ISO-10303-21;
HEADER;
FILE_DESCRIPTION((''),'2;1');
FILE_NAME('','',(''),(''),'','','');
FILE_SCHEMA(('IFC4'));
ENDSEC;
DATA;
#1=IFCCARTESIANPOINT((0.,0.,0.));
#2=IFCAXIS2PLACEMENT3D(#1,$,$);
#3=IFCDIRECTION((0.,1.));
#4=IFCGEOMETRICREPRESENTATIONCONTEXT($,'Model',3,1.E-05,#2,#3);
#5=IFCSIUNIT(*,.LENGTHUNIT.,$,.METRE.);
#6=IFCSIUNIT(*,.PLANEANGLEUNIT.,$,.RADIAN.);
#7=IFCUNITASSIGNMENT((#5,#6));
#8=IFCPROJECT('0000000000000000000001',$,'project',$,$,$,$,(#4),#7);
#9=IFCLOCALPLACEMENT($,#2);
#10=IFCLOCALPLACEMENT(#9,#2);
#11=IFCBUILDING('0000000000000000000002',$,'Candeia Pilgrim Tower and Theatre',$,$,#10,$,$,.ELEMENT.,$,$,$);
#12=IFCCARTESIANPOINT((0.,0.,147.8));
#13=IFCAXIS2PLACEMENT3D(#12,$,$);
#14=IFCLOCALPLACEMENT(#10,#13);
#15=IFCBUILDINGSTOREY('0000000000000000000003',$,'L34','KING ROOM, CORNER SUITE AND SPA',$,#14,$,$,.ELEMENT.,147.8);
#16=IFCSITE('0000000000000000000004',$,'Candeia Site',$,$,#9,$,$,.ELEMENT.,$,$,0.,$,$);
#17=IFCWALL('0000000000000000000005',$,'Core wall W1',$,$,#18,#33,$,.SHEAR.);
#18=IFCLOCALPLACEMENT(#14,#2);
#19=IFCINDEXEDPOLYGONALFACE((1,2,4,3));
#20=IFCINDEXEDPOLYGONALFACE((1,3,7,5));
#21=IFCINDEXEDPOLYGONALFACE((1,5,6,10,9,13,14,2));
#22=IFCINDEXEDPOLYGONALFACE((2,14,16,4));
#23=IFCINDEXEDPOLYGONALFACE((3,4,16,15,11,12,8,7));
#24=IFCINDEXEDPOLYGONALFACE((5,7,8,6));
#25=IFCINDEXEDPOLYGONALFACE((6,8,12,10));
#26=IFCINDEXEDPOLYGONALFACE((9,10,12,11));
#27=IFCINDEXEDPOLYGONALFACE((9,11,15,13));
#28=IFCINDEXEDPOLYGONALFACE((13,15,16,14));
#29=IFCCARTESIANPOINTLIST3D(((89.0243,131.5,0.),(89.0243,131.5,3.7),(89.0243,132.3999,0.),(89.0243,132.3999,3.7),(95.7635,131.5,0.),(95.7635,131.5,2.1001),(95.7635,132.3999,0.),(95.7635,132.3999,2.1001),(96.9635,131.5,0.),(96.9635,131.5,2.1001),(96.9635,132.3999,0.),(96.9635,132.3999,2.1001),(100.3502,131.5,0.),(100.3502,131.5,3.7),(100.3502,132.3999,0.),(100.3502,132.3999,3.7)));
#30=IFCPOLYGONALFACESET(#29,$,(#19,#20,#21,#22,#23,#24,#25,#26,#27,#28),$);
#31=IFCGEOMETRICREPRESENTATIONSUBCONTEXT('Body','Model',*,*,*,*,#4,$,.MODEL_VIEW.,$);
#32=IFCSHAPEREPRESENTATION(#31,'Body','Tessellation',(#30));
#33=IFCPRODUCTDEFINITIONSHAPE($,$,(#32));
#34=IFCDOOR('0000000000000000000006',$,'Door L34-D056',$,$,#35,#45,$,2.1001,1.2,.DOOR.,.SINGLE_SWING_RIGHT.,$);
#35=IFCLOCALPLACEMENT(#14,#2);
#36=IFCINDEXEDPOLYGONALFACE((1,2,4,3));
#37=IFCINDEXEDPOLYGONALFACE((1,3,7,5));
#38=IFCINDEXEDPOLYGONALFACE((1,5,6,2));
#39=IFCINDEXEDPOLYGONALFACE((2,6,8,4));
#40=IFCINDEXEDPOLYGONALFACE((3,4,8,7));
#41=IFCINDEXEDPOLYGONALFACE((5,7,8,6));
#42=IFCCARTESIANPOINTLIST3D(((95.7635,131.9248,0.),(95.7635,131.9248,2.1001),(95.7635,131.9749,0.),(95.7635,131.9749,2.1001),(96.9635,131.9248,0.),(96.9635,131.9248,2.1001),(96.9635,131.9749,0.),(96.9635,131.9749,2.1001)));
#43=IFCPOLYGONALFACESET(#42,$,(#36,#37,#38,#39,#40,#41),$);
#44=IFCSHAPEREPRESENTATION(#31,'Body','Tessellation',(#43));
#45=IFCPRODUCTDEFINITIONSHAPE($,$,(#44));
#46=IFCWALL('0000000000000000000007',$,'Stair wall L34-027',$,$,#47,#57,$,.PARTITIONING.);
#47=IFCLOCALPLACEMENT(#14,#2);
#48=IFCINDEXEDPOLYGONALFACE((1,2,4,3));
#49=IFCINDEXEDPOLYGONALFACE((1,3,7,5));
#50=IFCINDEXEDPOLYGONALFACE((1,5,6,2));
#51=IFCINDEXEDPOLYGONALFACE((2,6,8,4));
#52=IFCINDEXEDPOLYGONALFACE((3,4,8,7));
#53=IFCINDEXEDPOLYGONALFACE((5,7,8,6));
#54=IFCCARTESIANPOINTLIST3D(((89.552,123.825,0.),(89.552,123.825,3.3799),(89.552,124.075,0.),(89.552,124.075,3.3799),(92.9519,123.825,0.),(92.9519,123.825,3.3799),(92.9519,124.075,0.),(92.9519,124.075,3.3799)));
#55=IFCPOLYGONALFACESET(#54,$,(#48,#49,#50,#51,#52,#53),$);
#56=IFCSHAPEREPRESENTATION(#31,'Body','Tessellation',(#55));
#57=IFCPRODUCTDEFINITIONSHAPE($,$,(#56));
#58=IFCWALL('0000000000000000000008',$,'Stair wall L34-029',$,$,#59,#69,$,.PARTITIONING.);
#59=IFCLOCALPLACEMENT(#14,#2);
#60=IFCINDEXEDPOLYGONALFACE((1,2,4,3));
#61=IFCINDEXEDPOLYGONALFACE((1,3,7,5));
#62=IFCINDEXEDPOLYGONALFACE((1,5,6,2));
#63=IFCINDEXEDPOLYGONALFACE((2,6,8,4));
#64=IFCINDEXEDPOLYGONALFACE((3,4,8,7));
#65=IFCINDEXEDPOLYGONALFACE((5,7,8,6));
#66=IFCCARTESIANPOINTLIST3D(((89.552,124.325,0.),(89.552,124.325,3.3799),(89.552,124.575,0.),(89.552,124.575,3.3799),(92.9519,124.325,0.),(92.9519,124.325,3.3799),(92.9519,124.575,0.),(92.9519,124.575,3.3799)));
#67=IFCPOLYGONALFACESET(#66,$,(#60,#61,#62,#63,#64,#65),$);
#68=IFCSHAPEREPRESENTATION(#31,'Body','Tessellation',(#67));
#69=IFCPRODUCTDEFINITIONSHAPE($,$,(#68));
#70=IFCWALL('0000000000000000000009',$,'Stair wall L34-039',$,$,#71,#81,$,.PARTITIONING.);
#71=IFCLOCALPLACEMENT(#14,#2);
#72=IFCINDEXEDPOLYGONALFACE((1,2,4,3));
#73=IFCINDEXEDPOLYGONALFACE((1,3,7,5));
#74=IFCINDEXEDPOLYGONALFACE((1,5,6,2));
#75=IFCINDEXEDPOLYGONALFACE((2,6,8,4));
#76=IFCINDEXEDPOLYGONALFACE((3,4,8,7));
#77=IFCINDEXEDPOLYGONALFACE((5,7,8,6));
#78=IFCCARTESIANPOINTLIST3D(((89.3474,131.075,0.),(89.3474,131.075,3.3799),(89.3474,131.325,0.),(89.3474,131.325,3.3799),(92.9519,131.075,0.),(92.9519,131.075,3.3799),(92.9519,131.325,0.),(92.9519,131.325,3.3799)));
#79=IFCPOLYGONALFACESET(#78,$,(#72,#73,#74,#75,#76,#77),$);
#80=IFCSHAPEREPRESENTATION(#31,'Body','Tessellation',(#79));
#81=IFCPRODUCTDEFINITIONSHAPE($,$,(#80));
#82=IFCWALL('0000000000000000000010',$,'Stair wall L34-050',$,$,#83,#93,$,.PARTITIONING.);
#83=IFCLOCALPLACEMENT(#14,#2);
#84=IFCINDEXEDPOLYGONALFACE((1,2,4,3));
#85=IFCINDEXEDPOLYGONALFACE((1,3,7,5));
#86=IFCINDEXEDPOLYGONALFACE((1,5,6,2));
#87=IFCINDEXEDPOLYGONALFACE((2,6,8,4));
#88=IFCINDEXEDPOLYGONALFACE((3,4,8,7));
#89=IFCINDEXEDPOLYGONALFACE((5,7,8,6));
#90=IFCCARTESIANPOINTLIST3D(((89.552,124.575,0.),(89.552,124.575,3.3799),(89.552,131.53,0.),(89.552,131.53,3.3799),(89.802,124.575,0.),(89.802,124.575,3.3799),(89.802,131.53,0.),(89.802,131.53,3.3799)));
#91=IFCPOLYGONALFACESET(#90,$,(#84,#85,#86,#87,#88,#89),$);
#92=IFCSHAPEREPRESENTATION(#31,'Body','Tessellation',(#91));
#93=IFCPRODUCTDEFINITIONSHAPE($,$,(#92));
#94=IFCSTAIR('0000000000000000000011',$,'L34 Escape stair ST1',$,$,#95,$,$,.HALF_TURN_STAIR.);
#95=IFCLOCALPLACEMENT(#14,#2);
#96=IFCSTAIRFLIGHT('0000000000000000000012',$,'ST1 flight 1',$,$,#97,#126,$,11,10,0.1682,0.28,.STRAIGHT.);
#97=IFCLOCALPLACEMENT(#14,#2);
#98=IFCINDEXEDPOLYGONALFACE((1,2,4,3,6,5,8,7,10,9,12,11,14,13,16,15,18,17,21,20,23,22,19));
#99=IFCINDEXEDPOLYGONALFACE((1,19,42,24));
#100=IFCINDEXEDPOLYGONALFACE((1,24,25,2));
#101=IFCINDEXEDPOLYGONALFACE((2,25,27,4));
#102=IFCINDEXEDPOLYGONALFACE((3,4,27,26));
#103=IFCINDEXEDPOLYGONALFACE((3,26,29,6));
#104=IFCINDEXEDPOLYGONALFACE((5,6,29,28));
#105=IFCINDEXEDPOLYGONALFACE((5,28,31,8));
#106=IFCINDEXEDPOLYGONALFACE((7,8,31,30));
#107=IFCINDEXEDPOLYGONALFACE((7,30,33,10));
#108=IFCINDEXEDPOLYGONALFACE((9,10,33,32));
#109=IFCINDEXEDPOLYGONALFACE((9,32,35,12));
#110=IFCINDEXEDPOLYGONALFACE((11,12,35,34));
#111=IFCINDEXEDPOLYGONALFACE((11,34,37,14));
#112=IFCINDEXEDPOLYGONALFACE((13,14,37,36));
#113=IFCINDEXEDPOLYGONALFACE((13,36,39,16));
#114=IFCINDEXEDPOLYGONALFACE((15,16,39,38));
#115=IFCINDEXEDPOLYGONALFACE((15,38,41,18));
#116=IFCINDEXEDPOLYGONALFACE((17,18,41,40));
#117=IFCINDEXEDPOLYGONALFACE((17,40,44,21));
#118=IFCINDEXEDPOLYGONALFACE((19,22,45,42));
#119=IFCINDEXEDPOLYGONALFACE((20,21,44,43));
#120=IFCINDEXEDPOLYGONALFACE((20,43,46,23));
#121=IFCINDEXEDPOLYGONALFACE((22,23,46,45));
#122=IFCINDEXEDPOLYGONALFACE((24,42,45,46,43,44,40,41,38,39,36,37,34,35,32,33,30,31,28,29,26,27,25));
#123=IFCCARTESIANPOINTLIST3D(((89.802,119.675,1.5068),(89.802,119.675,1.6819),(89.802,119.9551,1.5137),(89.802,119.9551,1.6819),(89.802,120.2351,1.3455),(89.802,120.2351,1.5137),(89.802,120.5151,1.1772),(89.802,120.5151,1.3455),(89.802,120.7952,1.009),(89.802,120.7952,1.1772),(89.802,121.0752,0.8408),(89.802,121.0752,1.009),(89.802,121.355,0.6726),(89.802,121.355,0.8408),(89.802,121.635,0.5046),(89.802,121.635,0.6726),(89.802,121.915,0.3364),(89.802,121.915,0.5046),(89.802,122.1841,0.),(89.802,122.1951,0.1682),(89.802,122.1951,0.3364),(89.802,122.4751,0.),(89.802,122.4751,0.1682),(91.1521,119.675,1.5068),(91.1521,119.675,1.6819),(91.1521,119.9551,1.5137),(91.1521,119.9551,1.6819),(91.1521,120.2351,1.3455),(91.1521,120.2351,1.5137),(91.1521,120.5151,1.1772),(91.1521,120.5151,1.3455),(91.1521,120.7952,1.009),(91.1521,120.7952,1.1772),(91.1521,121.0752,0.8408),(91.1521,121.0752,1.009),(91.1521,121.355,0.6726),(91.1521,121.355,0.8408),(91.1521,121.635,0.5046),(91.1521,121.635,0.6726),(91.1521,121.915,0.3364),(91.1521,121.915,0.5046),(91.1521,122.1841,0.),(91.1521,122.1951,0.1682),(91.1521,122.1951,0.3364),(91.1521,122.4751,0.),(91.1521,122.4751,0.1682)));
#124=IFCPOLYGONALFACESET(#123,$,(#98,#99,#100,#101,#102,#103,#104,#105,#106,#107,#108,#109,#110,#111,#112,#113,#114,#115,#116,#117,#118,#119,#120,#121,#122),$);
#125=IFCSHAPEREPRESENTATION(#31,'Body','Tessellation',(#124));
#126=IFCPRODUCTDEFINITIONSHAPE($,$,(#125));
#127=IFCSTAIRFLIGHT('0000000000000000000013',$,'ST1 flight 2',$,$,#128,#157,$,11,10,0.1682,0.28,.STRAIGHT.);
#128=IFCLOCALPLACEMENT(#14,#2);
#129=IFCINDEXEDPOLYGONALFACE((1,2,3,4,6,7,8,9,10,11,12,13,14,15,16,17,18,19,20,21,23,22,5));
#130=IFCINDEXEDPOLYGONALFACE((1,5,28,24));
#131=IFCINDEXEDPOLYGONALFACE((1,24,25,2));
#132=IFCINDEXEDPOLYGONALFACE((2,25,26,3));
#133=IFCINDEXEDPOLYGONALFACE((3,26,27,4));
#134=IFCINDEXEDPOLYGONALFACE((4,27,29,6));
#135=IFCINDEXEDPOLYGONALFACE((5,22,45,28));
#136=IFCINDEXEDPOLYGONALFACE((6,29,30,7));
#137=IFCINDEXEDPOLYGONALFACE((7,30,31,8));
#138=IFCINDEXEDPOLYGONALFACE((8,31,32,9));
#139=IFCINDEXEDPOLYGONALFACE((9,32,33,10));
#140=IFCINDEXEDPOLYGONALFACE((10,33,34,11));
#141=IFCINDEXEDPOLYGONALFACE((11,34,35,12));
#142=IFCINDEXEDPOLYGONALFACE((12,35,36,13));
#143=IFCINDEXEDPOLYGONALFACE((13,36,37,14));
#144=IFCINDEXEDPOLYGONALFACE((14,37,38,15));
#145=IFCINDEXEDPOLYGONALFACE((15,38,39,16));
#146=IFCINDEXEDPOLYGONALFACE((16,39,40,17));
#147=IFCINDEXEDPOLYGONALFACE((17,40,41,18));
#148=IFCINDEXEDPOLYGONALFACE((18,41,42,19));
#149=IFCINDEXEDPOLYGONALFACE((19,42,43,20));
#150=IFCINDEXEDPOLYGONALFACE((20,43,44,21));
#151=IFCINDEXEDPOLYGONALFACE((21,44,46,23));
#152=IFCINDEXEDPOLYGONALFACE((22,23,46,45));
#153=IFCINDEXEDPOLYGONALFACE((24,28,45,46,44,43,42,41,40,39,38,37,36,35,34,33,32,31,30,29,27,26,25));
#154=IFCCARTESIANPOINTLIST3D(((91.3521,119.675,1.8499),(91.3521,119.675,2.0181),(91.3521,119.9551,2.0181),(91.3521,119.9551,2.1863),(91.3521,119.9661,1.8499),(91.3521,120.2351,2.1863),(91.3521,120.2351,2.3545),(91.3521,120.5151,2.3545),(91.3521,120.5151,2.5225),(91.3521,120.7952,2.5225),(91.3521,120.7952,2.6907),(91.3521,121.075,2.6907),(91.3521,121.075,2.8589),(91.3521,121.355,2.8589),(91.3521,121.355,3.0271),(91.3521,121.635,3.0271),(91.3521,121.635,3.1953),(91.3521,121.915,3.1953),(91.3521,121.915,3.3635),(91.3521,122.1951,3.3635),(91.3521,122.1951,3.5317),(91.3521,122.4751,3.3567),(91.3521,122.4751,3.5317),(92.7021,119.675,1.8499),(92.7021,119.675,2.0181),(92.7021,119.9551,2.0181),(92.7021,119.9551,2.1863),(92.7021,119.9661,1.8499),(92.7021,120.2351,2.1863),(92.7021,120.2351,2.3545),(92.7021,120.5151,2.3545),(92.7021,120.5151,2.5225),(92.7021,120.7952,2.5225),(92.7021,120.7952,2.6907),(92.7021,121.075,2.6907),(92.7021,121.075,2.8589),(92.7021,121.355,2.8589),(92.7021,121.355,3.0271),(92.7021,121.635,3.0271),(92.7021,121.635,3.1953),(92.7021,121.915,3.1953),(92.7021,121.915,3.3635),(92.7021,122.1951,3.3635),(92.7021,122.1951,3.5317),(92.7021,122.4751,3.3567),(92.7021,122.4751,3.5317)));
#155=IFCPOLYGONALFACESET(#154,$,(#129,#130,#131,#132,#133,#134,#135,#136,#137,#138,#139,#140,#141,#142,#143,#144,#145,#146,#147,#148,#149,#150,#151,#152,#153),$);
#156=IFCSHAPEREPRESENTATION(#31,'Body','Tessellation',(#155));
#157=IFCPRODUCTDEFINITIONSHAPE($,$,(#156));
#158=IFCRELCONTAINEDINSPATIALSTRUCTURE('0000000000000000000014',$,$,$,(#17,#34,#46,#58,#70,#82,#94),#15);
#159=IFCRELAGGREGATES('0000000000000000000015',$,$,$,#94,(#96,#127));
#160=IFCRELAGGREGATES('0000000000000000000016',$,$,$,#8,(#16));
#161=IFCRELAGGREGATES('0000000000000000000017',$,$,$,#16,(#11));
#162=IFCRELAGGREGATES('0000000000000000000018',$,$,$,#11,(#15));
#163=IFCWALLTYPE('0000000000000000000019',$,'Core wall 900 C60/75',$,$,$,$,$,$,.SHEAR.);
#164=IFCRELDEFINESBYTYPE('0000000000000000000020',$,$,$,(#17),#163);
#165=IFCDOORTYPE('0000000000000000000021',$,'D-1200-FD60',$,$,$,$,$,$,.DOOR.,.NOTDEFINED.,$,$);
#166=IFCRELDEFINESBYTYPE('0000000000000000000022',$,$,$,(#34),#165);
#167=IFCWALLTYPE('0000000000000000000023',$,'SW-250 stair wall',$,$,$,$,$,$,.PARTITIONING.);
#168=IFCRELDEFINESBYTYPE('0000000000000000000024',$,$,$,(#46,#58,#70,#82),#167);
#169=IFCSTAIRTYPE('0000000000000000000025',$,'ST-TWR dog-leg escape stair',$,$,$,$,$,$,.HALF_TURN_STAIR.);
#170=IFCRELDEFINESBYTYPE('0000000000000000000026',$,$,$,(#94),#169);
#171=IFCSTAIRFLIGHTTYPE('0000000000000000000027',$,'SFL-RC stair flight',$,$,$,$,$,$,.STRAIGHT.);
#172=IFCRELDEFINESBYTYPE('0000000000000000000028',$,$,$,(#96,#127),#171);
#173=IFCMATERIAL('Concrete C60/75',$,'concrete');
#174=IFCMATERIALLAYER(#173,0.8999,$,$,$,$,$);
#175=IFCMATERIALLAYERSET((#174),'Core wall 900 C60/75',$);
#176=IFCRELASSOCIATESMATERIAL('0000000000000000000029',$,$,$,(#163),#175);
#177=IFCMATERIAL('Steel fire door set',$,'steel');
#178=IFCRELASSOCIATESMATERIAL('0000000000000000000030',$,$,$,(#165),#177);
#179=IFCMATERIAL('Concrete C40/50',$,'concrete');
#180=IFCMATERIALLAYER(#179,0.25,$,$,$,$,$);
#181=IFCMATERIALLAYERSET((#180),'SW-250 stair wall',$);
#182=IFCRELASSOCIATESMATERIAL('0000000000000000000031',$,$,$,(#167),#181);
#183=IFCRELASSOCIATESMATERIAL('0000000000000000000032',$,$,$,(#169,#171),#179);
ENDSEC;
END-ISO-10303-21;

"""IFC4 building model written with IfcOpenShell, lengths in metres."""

from ifc_helpers import new_model, si_unit, direction, frame, frame_2d, origin, place, context, subcontext, project, spatial, polyline, rectangle, outline, extrude, material, layer, layer_set, type_object, element, fill, aggregate, save


model = new_model("IFC4")

# Units and contexts
model_context = context("Model", 3, precision=1e-05, world=origin(), true_north=direction((0.0, 1.0)))
body_context = subcontext(model_context, "Body", "Model", "MODEL_VIEW")
ifc_project = project(units=[si_unit("LENGTHUNIT", "METRE"), si_unit("PLANEANGLEUNIT", "RADIAN")], contexts=[model_context])

# Site, building, storey
site_placement = place(None, origin())
site = spatial("IfcSite", under=ifc_project, at=site_placement, Name="Candeia Site", CompositionType="ELEMENT", RefElevation=0.0)
building_placement = place(site_placement, origin())
building = spatial("IfcBuilding", under=site, at=building_placement, Name="Candeia Pilgrim Tower and Theatre", CompositionType="ELEMENT")
storey_placement = place(building_placement, frame((0.0, 0.0, 147.8)))
storey = spatial("IfcBuildingStorey", under=building, at=storey_placement, Name="L34", Description="KING ROOM, CORNER SUITE AND SPA", CompositionType="ELEMENT", Elevation=147.8)

# Wall, opening, door
ifc_material_1 = material(Name="Concrete C60/75", Category="concrete")
ifc_layer_1 = layer(ifc_material_1, 0.8999)
ifc_layer_set_1 = layer_set([ifc_layer_1], Name="Core wall 900 C60/75")
wall_type_1 = type_object("IfcWallType", Name="Core wall 900 C60/75", PredefinedType="SHEAR", material=ifc_layer_set_1)
wall_1_placement = place(storey_placement, frame((89.0242, 131.95, 0.0), z_axis=(0.0, 0.0, 1.0), x_axis=(1.0, 0.0, 0.0)))
wall_1 = element("IfcWall", 1, at=wall_1_placement, inside=storey, type_object=wall_type_1, Name="Core wall W1", PredefinedType="SHEAR", context=body_context, shape_type="SweptSolid", body=[
    extrude(rectangle(XDim=11.3259, YDim=0.8999, at=frame_2d((5.6631, 0.0))), origin(), (0.0, 0.0, 1.0), 3.7),
])
opening_placement = place(wall_1_placement, frame((6.7393, 0.0, 0.0)))
opening = element("IfcOpeningElement", 2, at=opening_placement, cuts=wall_1, PredefinedType="OPENING", context=body_context, shape_type="SweptSolid", body=[
    extrude(rectangle(XDim=1.2, YDim=2.1001, at=frame_2d((0.6001, 1.05))), frame((0.0, 0.46, 0.0), z_axis=(0.0, -1.0, 0.0), x_axis=(1.0, 0.0, 0.0)), (0.0, 0.0, 1.0), 0.9199),
])
ifc_material_2 = material(Name="Steel fire door set", Category="steel")
door_type = type_object("IfcDoorType", Name="D-1200-FD60", OperationType="NOTDEFINED", PredefinedType="DOOR", material=ifc_material_2)
door_placement = place(opening_placement, origin())
door = element("IfcDoor", 3, at=door_placement, inside=storey, type_object=door_type, Name="Door L34-D056", OperationType="SINGLE_SWING_RIGHT", OverallHeight=2.1001, OverallWidth=1.2, PredefinedType="DOOR", context=body_context, shape_type="SweptSolid", body=[
    extrude(rectangle(XDim=1.2, YDim=2.1001, at=frame_2d((0.6001, 1.05))), frame((0.0, 0.0249, 0.0), z_axis=(0.0, -1.0, 0.0), x_axis=(1.0, 0.0, 0.0)), (0.0, 0.0, 1.0), 0.05),
])
fill(opening, door)

# Walls
ifc_material_3 = material(Name="Concrete C40/50", Category="concrete")
ifc_layer_2 = layer(ifc_material_3, 0.25)
ifc_layer_set_2 = layer_set([ifc_layer_2], Name="SW-250 stair wall")
wall_type_2 = type_object("IfcWallType", Name="SW-250 stair wall", PredefinedType="PARTITIONING", material=ifc_layer_set_2)
for number, where, z_axis, x_axis, name in (
    (4, (89.552, 123.95, 0.0), (0.0, 0.0, 1.0), (1.0, 0.0, 0.0), "Stair wall L34-027"),
    (5, (89.552, 124.45, 0.0), (0.0, 0.0, 1.0), (1.0, 0.0, 0.0), "Stair wall L34-029"),
):
    element("IfcWall", number, at=place(storey_placement, frame(where, z_axis=z_axis, x_axis=x_axis)), inside=storey, type_object=wall_type_2, Name=name, PredefinedType="PARTITIONING", context=body_context, shape_type="SweptSolid", body=[
        extrude(rectangle(XDim=3.3999, YDim=0.25, at=frame_2d((1.7, 0.0))), origin(), (0.0, 0.0, 1.0), 3.3799),
    ])
wall_2_placement = place(storey_placement, frame((89.3474, 131.2, 0.0), z_axis=(0.0, 0.0, 1.0), x_axis=(1.0, 0.0, 0.0)))
element("IfcWall", 6, at=wall_2_placement, inside=storey, type_object=wall_type_2, Name="Stair wall L34-039", PredefinedType="PARTITIONING", context=body_context, shape_type="SweptSolid", body=[
    extrude(rectangle(XDim=3.6045, YDim=0.25, at=frame_2d((1.8022, 0.0))), origin(), (0.0, 0.0, 1.0), 3.3799),
])
wall_3_placement = place(storey_placement, frame((89.677, 124.575, 0.0), z_axis=(0.0, 0.0, 1.0), x_axis=(0.0, 1.0, 0.0)))
element("IfcWall", 7, at=wall_3_placement, inside=storey, type_object=wall_type_2, Name="Stair wall L34-050", PredefinedType="PARTITIONING", context=body_context, shape_type="SweptSolid", body=[
    extrude(rectangle(XDim=6.9551, YDim=0.25, at=frame_2d((3.4775, 0.0))), origin(), (0.0, 0.0, 1.0), 3.3799),
])

# Stair, stair flights
stair_type = type_object("IfcStairType", Name="ST-TWR dog-leg escape stair", PredefinedType="HALF_TURN_STAIR", material=ifc_material_3)
stair_1_placement = place(storey_placement, origin())
stair_1 = element("IfcStair", 8, at=stair_1_placement, inside=storey, type_object=stair_type, Name="L34 Escape stair ST1", PredefinedType="HALF_TURN_STAIR")
stair_flight_type = type_object("IfcStairFlightType", Name="SFL-RC stair flight", PredefinedType="STRAIGHT", material=ifc_material_3)
stair_flight_1_placement = place(storey_placement, frame((90.4771, 122.4751, 0.0), z_axis=(0.0, 0.0, 1.0), x_axis=(0.0, -1.0, 0.0)))
stair_flight_1 = element("IfcStairFlight", 9, at=stair_flight_1_placement, type_object=stair_flight_type, Name="ST1 flight 1", NumberOfRisers=11, NumberOfTreads=10, PredefinedType="STRAIGHT", RiserHeight=0.1682, TreadLength=0.28, context=body_context, shape_type="SweptSolid", body=[
    extrude(outline(polyline([(0.0, 0.0), (0.0, 0.1682), (0.28, 0.1682), (0.28, 0.3364), (0.5601, 0.3364), (0.5601, 0.5046), (0.8401, 0.5046), (0.8401, 0.6726), (1.1201, 0.6726), (1.1201, 0.8408), (1.3999, 0.8408), (1.3999, 1.009), (1.6799, 1.009), (1.6799, 1.1772), (1.96, 1.1772), (1.96, 1.3455), (2.24, 1.3455), (2.24, 1.5137), (2.52, 1.5137), (2.52, 1.6819), (2.8, 1.6819), (2.8, 1.8501), (2.8, 1.5068), (0.291, 0.0), (0.0, 0.0)])), frame((0.0, 0.675, 0.0), z_axis=(0.0, -1.0, 0.0), x_axis=(1.0, 0.0, 0.0)), (0.0, 0.0, 1.0), 1.3501),
])
stair_flight_2_placement = place(storey_placement, frame((92.0271, 119.675, 1.8499), z_axis=(0.0, 0.0, 1.0), x_axis=(0.0, 1.0, 0.0)))
stair_flight_2 = element("IfcStairFlight", 10, at=stair_flight_2_placement, type_object=stair_flight_type, Name="ST1 flight 2", NumberOfRisers=11, NumberOfTreads=10, PredefinedType="STRAIGHT", RiserHeight=0.1682, TreadLength=0.28, context=body_context, shape_type="SweptSolid", body=[
    extrude(outline(polyline([(0.0, 0.0), (0.0, 0.1682), (0.28, 0.1682), (0.28, 0.3364), (0.5601, 0.3364), (0.5601, 0.5046), (0.8401, 0.5046), (0.8401, 0.6726), (1.1201, 0.6726), (1.1201, 0.8408), (1.3999, 0.8408), (1.3999, 1.009), (1.6799, 1.009), (1.6799, 1.1772), (1.96, 1.1772), (1.96, 1.3455), (2.24, 1.3455), (2.24, 1.5137), (2.52, 1.5137), (2.52, 1.6819), (2.8, 1.6819), (2.8, 1.8501), (2.8, 1.5068), (0.291, 0.0), (0.0, 0.0)])), frame((0.0, 0.675, 0.0), z_axis=(0.0, -1.0, 0.0), x_axis=(1.0, 0.0, 0.0)), (0.0, 0.0, 1.0), 1.3501),
])
aggregate(stair_1, [stair_flight_1, stair_flight_2])

save(model, "model.ifc")
